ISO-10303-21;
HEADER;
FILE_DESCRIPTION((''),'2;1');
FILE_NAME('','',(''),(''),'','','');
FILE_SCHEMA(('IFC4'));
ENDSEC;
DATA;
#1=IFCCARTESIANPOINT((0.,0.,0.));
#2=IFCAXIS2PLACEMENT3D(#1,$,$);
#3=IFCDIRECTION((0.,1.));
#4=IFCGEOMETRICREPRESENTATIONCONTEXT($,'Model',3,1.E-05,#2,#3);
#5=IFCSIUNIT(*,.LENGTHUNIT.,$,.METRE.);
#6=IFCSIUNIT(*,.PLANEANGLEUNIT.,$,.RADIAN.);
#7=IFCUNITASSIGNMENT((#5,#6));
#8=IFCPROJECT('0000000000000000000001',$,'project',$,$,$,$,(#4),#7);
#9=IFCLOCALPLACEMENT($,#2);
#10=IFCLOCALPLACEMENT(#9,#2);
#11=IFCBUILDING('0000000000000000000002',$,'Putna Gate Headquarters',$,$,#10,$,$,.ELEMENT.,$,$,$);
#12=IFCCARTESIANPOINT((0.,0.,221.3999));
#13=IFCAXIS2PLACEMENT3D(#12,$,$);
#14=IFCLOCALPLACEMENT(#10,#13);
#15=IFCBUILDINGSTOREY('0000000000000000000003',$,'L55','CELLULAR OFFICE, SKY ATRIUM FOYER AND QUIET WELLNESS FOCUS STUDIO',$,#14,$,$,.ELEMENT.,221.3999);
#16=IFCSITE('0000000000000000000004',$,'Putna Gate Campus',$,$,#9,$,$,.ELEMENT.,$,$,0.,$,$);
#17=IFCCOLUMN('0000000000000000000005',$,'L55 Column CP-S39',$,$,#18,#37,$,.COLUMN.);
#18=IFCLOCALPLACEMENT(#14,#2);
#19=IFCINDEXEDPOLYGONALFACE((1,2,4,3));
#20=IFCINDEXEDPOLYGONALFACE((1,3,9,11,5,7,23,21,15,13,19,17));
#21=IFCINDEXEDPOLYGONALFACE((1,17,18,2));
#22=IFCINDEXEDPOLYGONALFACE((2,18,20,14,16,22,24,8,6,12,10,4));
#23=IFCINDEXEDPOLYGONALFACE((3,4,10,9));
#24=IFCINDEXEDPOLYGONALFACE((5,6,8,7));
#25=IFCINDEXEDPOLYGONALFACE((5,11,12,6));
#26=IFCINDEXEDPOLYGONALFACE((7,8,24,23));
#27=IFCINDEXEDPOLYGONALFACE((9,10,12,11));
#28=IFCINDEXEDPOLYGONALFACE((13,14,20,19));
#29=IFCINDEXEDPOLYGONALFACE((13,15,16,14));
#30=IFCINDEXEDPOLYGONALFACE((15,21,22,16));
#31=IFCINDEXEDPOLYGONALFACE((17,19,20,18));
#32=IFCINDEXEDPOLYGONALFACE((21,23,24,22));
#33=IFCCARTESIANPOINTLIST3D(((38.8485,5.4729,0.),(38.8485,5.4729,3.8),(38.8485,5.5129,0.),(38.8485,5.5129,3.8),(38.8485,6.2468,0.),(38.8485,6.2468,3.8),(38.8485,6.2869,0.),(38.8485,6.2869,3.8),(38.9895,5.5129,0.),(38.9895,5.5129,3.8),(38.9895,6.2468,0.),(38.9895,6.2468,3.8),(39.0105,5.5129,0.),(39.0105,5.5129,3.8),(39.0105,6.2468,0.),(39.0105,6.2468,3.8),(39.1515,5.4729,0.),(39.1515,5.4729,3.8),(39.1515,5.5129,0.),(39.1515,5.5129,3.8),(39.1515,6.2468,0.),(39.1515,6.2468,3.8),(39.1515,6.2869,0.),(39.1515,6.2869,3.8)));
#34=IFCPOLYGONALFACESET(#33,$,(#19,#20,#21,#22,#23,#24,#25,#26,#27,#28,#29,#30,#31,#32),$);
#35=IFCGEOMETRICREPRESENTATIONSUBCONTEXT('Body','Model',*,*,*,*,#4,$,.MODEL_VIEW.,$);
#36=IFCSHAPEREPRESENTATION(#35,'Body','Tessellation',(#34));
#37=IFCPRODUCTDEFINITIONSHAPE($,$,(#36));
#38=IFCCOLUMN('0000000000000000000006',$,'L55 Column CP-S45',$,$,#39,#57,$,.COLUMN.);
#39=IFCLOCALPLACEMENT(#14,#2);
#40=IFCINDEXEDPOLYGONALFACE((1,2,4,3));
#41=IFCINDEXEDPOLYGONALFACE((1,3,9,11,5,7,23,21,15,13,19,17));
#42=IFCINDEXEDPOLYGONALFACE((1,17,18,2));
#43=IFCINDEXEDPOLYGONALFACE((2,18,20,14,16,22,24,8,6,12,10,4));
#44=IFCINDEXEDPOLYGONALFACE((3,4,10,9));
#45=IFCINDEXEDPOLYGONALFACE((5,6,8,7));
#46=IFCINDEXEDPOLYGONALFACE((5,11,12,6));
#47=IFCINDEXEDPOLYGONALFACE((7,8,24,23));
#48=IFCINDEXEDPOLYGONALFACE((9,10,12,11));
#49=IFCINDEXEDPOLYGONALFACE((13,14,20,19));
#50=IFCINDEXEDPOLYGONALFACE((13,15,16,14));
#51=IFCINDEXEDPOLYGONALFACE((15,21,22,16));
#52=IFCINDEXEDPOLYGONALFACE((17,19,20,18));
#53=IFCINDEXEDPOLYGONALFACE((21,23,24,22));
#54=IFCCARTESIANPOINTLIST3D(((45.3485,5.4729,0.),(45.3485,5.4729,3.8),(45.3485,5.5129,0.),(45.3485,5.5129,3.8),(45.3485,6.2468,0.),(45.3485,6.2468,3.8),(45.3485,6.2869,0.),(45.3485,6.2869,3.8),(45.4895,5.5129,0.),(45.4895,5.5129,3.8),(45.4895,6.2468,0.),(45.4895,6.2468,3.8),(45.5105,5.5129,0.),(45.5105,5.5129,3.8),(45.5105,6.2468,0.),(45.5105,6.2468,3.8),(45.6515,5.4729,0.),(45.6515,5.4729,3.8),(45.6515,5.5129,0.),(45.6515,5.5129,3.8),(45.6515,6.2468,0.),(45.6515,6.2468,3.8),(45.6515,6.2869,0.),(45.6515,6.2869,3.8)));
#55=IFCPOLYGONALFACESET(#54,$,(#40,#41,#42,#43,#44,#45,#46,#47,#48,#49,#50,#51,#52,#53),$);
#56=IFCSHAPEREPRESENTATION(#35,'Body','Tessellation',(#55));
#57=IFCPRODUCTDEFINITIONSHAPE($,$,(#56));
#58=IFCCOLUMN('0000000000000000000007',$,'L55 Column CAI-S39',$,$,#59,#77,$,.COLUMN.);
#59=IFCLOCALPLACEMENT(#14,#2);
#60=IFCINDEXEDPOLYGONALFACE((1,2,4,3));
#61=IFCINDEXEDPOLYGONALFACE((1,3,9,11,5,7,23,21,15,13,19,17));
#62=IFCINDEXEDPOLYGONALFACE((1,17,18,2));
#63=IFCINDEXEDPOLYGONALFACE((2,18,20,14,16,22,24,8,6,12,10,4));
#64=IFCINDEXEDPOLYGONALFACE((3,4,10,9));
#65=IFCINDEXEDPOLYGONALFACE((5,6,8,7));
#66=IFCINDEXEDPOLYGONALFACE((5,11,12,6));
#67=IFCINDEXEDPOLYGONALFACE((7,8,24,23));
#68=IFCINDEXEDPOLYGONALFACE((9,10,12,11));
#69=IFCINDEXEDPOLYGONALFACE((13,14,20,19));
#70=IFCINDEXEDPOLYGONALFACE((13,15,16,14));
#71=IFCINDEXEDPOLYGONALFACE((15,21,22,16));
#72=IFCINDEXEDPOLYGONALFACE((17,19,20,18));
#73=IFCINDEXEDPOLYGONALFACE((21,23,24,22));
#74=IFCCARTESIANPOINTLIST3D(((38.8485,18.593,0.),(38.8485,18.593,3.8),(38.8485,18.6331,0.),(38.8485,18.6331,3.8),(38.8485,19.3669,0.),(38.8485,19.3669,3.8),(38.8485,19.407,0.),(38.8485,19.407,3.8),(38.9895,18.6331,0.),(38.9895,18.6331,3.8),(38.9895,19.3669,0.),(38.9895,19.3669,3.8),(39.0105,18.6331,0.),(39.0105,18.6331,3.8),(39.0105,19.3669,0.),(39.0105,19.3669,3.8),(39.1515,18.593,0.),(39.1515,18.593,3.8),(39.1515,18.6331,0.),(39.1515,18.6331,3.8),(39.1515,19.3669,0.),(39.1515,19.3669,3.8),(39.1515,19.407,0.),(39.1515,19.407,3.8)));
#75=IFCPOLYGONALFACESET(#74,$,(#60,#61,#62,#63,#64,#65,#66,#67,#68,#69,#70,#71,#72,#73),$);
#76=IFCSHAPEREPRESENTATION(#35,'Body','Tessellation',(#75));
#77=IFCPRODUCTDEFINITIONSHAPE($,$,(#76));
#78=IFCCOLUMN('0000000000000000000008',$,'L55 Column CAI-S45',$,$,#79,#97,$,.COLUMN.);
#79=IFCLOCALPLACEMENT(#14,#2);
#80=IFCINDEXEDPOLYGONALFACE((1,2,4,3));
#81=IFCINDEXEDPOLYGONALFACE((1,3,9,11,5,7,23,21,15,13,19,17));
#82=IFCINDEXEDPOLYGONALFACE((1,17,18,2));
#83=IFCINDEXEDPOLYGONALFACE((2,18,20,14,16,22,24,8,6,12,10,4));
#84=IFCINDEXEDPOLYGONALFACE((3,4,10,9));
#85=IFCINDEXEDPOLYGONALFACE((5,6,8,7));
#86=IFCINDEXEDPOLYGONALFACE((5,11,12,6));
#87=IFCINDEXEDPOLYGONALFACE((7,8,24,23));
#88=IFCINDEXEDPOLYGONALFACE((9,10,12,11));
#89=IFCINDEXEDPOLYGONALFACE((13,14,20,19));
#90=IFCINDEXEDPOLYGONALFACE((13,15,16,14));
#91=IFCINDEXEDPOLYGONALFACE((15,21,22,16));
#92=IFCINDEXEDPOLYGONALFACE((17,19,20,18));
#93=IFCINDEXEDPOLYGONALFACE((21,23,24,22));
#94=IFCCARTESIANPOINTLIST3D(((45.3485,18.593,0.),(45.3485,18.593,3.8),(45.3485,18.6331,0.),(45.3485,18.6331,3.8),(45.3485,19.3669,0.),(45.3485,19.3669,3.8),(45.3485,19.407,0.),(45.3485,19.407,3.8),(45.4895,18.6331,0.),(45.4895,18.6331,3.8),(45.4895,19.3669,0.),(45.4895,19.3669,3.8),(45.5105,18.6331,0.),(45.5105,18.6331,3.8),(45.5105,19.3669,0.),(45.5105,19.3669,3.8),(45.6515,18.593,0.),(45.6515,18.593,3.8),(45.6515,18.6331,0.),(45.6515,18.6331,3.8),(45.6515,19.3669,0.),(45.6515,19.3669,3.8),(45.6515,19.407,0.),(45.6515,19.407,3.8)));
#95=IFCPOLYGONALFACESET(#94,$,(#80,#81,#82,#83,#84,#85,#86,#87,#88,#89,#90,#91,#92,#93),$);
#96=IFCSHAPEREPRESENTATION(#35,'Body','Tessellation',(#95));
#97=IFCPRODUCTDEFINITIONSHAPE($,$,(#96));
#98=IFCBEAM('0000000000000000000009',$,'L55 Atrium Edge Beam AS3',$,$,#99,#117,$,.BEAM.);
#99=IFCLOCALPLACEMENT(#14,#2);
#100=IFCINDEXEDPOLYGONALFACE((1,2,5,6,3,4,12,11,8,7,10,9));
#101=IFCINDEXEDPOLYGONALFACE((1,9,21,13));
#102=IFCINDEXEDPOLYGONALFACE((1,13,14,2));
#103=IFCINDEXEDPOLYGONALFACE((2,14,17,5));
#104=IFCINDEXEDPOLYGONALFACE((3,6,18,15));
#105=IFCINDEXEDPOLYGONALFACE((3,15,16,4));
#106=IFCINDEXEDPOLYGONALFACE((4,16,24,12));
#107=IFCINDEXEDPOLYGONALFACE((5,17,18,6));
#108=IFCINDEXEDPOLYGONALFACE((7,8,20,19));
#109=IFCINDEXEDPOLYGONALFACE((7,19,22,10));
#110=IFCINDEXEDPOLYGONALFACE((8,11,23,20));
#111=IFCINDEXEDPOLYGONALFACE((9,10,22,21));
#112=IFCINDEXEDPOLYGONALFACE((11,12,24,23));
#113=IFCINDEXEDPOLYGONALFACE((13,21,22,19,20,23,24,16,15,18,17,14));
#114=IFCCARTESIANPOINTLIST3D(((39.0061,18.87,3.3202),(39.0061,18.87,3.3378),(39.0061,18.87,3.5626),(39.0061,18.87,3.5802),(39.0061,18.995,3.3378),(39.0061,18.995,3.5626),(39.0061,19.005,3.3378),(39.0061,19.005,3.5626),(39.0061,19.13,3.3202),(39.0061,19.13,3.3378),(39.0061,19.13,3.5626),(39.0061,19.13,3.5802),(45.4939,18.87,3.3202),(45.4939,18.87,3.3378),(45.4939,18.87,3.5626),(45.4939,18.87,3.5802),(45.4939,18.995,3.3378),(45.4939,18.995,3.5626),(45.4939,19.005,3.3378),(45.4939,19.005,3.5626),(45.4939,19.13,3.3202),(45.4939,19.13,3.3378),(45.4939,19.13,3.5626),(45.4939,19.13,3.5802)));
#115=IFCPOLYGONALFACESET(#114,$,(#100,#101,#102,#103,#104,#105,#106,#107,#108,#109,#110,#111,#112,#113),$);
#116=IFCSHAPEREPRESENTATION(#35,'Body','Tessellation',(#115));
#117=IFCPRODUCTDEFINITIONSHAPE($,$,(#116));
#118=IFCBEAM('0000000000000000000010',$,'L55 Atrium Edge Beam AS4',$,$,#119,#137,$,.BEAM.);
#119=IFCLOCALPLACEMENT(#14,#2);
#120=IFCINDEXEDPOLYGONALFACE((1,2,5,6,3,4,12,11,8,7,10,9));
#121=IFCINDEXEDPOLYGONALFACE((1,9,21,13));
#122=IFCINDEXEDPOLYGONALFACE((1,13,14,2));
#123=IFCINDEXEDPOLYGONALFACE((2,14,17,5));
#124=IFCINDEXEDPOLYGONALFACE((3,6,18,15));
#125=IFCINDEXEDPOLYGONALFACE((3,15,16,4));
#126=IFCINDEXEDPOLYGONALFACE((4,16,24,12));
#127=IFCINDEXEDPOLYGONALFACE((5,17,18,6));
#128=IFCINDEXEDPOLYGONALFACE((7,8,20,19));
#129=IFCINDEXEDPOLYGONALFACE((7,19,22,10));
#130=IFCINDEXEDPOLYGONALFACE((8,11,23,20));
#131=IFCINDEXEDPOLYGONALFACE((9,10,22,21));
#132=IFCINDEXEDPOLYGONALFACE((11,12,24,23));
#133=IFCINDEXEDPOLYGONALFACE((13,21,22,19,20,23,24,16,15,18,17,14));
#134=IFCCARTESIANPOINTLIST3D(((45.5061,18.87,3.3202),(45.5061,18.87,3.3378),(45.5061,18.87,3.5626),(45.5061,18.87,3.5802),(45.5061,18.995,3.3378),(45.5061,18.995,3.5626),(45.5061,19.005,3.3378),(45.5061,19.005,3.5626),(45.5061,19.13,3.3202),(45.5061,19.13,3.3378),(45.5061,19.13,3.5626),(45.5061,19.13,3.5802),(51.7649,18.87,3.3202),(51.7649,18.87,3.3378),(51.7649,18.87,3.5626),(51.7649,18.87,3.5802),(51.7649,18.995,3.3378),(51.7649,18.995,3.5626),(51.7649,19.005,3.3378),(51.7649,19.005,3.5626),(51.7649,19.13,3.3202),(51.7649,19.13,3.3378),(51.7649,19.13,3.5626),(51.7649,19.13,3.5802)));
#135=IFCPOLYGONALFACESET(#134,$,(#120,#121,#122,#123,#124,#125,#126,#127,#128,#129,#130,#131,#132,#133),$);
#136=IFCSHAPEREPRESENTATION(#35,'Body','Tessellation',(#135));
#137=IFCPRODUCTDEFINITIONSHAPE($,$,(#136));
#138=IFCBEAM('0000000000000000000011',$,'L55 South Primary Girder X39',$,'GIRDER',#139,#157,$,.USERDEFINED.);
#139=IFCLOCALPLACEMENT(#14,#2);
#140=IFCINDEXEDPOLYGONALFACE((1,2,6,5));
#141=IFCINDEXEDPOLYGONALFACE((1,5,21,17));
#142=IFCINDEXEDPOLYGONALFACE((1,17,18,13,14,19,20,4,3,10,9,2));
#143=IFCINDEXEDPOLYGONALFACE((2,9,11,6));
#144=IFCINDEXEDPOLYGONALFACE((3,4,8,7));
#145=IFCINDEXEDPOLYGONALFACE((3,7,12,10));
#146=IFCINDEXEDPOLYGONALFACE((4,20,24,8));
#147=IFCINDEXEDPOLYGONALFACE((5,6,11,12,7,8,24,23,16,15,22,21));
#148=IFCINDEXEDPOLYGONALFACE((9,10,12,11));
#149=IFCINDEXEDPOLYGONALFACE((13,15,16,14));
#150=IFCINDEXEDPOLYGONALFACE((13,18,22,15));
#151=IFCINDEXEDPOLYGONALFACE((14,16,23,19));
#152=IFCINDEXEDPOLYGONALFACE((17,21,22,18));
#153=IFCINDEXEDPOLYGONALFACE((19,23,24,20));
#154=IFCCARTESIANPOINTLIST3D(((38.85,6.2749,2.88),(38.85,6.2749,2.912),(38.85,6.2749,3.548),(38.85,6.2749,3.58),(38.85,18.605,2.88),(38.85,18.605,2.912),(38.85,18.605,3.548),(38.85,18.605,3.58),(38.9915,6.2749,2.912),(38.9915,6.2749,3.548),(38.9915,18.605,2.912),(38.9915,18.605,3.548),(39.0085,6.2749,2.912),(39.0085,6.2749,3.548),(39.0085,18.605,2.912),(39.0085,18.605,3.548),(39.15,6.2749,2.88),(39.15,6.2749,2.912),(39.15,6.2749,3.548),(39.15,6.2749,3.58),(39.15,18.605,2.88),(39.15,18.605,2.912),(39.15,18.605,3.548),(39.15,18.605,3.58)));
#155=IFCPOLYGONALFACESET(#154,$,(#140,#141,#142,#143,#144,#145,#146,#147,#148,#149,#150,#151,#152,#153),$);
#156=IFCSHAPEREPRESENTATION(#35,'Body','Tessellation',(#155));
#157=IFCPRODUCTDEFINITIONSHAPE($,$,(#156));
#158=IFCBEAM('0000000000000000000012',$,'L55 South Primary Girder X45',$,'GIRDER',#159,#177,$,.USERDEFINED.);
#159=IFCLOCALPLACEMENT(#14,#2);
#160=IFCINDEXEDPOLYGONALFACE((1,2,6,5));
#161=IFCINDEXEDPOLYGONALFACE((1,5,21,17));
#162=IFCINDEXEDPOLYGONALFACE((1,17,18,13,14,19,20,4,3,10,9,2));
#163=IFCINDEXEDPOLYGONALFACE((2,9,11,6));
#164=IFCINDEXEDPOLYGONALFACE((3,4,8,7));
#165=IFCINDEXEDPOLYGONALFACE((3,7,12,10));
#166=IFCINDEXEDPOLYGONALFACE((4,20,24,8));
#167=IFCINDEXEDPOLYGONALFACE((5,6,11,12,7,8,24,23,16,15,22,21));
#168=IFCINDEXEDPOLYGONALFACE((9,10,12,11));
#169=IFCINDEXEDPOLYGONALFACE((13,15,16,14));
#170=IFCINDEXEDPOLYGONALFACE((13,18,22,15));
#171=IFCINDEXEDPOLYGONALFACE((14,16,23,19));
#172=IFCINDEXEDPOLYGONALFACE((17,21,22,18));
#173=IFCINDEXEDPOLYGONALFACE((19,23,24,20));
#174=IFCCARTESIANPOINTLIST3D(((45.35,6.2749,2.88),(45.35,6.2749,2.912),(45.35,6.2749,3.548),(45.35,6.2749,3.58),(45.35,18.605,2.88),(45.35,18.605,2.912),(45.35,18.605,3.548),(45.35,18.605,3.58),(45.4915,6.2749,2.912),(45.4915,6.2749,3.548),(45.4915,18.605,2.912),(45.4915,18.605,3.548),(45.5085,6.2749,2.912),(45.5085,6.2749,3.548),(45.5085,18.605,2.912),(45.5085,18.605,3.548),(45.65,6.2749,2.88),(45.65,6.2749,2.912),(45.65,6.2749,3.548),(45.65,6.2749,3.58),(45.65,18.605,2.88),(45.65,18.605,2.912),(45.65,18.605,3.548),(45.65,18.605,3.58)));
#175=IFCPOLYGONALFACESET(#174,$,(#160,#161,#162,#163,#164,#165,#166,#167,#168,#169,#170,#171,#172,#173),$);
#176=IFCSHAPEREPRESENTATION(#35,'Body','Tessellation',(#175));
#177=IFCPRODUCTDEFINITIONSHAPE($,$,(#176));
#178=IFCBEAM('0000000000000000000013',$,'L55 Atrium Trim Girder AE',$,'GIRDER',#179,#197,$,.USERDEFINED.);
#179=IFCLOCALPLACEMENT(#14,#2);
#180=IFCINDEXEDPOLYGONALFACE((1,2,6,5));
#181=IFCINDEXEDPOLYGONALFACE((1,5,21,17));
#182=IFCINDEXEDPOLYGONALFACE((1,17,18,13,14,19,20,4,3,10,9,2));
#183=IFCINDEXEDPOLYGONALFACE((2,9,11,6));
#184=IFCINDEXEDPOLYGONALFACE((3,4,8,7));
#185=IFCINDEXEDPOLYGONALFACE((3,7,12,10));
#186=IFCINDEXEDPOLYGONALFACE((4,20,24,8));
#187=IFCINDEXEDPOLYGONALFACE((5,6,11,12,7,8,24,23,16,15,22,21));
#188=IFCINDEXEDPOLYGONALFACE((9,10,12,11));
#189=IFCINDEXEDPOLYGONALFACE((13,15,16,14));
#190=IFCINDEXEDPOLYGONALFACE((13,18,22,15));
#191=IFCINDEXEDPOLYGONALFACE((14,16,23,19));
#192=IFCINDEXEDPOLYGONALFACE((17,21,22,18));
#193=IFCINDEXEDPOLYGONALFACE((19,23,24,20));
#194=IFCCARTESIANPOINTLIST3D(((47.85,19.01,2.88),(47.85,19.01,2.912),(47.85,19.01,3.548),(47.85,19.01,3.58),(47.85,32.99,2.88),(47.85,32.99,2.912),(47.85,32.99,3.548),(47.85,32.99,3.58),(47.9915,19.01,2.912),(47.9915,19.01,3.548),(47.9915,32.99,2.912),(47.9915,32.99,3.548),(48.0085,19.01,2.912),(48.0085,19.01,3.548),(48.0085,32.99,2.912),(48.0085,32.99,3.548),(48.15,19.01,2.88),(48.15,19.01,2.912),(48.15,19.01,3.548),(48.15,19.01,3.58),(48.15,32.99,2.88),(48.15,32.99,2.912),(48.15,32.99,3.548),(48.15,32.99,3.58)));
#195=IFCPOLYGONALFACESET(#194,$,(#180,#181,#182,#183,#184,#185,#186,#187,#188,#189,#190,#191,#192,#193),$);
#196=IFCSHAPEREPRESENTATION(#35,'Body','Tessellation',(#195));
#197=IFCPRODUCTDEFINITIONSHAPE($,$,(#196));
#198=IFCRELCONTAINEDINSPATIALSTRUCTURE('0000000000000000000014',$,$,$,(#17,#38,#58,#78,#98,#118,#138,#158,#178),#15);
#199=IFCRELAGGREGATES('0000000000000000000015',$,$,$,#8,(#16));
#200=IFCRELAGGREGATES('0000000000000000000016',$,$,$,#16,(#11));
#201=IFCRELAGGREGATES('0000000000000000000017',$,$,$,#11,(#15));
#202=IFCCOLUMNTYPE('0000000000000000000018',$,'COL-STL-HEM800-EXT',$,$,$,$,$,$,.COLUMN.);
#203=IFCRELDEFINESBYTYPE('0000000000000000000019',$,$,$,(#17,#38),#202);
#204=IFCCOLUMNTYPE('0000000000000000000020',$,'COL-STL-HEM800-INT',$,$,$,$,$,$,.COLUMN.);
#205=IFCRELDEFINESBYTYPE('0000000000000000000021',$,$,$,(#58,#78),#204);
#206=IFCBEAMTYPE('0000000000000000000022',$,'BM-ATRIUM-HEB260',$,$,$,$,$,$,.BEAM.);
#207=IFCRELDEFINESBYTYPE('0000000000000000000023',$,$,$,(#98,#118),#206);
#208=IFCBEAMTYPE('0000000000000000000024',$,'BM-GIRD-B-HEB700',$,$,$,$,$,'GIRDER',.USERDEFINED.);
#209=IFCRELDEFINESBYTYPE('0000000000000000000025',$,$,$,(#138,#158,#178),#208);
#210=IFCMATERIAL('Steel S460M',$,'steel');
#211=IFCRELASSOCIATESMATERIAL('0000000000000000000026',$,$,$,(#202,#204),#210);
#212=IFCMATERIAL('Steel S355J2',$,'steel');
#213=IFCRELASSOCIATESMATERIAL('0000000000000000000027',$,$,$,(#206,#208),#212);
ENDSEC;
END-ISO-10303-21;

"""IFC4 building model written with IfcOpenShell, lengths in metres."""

from ifc_helpers import new_model, si_unit, direction, frame, origin, origin_2d, place, context, subcontext, project, spatial, i_section, extrude, material, material_profile, profile_set, type_object, element, save


model = new_model("IFC4")

# Units and contexts
model_context = context("Model", 3, precision=1e-05, world=origin(), true_north=direction((0.0, 1.0)))
body_context = subcontext(model_context, "Body", "Model", "MODEL_VIEW")
ifc_project = project(units=[si_unit("LENGTHUNIT", "METRE"), si_unit("PLANEANGLEUNIT", "RADIAN")], contexts=[model_context])

# Site, building, storey
site_placement = place(None, origin())
site = spatial("IfcSite", under=ifc_project, at=site_placement, Name="Putna Gate Campus", CompositionType="ELEMENT", RefElevation=0.0)
building_placement = place(site_placement, origin())
building = spatial("IfcBuilding", under=site, at=building_placement, Name="Putna Gate Headquarters", CompositionType="ELEMENT")
storey_placement = place(building_placement, frame((0.0, 0.0, 221.3999)))
storey = spatial("IfcBuildingStorey", under=building, at=storey_placement, Name="L55", Description="CELLULAR OFFICE, SKY ATRIUM FOYER AND QUIET WELLNESS FOCUS STUDIO", CompositionType="ELEMENT", Elevation=221.3999)

# Columns
ifc_material_1 = material(Name="Steel S460M", Category="steel")
ifc_material_profile_1 = material_profile(ifc_material_1, i_section(OverallWidth=0.303, OverallDepth=0.814, WebThickness=0.021, FlangeThickness=0.04, at=origin_2d()), Name="Steel S460M")
ifc_profile_set_1 = profile_set([ifc_material_profile_1], Name="Steel S460M")
column_type_1 = type_object("IfcColumnType", Name="COL-STL-HEM800-EXT", PredefinedType="COLUMN", material=ifc_profile_set_1)
for number, where, z_axis, x_axis, name in (
    (1, (39.0, 5.8799, 0.0), (0.0, 0.0, 1.0), (1.0, 0.0, 0.0), "L55 Column CP-S39"),
    (2, (45.5, 5.8799, 0.0), (0.0, 0.0, 1.0), (1.0, 0.0, 0.0), "L55 Column CP-S45"),
):
    element("IfcColumn", number, at=place(storey_placement, frame(where, z_axis=z_axis, x_axis=x_axis)), inside=storey, type_object=column_type_1, Name=name, PredefinedType="COLUMN", context=body_context, shape_type="SweptSolid", body=[
        extrude(i_section(OverallWidth=0.303, OverallDepth=0.814, WebThickness=0.021, FlangeThickness=0.04, at=origin_2d()), origin(), (0.0, 0.0, 1.0), 3.8),
    ])
ifc_material_profile_2 = material_profile(ifc_material_1, i_section(OverallWidth=0.303, OverallDepth=0.814, WebThickness=0.021, FlangeThickness=0.04, at=origin_2d()), Name="Steel S460M")
ifc_profile_set_2 = profile_set([ifc_material_profile_2], Name="Steel S460M")
column_type_2 = type_object("IfcColumnType", Name="COL-STL-HEM800-INT", PredefinedType="COLUMN", material=ifc_profile_set_2)
for number, where, z_axis, x_axis, name in (
    (3, (39.0, 19.0, 0.0), (0.0, 0.0, 1.0), (1.0, 0.0, 0.0), "L55 Column CAI-S39"),
    (4, (45.5, 19.0, 0.0), (0.0, 0.0, 1.0), (1.0, 0.0, 0.0), "L55 Column CAI-S45"),
):
    element("IfcColumn", number, at=place(storey_placement, frame(where, z_axis=z_axis, x_axis=x_axis)), inside=storey, type_object=column_type_2, Name=name, PredefinedType="COLUMN", context=body_context, shape_type="SweptSolid", body=[
        extrude(i_section(OverallWidth=0.303, OverallDepth=0.814, WebThickness=0.021, FlangeThickness=0.04, at=origin_2d()), origin(), (0.0, 0.0, 1.0), 3.8),
    ])

# Beams
ifc_material_2 = material(Name="Steel S355J2", Category="steel")
ifc_material_profile_3 = material_profile(ifc_material_2, i_section(OverallWidth=0.26, OverallDepth=0.26, WebThickness=0.01, FlangeThickness=0.0176, at=origin_2d()), Name="Steel S355J2")
ifc_profile_set_3 = profile_set([ifc_material_profile_3], Name="Steel S355J2")
beam_type_1 = type_object("IfcBeamType", Name="BM-ATRIUM-HEB260", PredefinedType="BEAM", material=ifc_profile_set_3)
beam_1_placement = place(storey_placement, frame((39.0061, 19.0, 3.4502), z_axis=(1.0, 0.0, 0.0), x_axis=(0.0, 1.0, 0.0)))
element("IfcBeam", 5, at=beam_1_placement, inside=storey, type_object=beam_type_1, Name="L55 Atrium Edge Beam AS3", PredefinedType="BEAM", context=body_context, shape_type="SweptSolid", body=[
    extrude(i_section(OverallWidth=0.26, OverallDepth=0.26, WebThickness=0.01, FlangeThickness=0.0176, at=origin_2d()), origin(), (0.0, 0.0, 1.0), 6.4878),
])
beam_2_placement = place(storey_placement, frame((45.5061, 19.0, 3.4502), z_axis=(1.0, 0.0, 0.0), x_axis=(0.0, 1.0, 0.0)))
element("IfcBeam", 6, at=beam_2_placement, inside=storey, type_object=beam_type_1, Name="L55 Atrium Edge Beam AS4", PredefinedType="BEAM", context=body_context, shape_type="SweptSolid", body=[
    extrude(i_section(OverallWidth=0.26, OverallDepth=0.26, WebThickness=0.01, FlangeThickness=0.0176, at=origin_2d()), origin(), (0.0, 0.0, 1.0), 6.2588),
])
ifc_material_profile_4 = material_profile(ifc_material_2, i_section(OverallWidth=0.3, OverallDepth=0.7, WebThickness=0.0171, FlangeThickness=0.032, at=origin_2d()), Name="Steel S355J2")
ifc_profile_set_4 = profile_set([ifc_material_profile_4], Name="Steel S355J2")
beam_type_2 = type_object("IfcBeamType", Name="BM-GIRD-B-HEB700", ElementType="GIRDER", PredefinedType="USERDEFINED", material=ifc_profile_set_4)
for number, where, z_axis, x_axis, name in (
    (7, (39.0, 6.2749, 3.23), (0.0, 1.0, 0.0), (-1.0, 0.0, 0.0), "L55 South Primary Girder X39"),
    (8, (45.5, 6.2749, 3.23), (0.0, 1.0, 0.0), (-1.0, 0.0, 0.0), "L55 South Primary Girder X45"),
):
    element("IfcBeam", number, at=place(storey_placement, frame(where, z_axis=z_axis, x_axis=x_axis)), inside=storey, type_object=beam_type_2, Name=name, ObjectType="GIRDER", PredefinedType="USERDEFINED", context=body_context, shape_type="SweptSolid", body=[
        extrude(i_section(OverallWidth=0.3, OverallDepth=0.7, WebThickness=0.0171, FlangeThickness=0.032, at=origin_2d()), origin(), (0.0, 0.0, 1.0), 12.3301),
    ])
beam_3_placement = place(storey_placement, frame((48.0, 19.01, 3.23), z_axis=(0.0, 1.0, 0.0), x_axis=(-1.0, 0.0, 0.0)))
element("IfcBeam", 9, at=beam_3_placement, inside=storey, type_object=beam_type_2, Name="L55 Atrium Trim Girder AE", ObjectType="GIRDER", PredefinedType="USERDEFINED", context=body_context, shape_type="SweptSolid", body=[
    extrude(i_section(OverallWidth=0.3, OverallDepth=0.7, WebThickness=0.0171, FlangeThickness=0.032, at=origin_2d()), origin(), (0.0, 0.0, 1.0), 13.98),
])

save(model, "model.ifc")
